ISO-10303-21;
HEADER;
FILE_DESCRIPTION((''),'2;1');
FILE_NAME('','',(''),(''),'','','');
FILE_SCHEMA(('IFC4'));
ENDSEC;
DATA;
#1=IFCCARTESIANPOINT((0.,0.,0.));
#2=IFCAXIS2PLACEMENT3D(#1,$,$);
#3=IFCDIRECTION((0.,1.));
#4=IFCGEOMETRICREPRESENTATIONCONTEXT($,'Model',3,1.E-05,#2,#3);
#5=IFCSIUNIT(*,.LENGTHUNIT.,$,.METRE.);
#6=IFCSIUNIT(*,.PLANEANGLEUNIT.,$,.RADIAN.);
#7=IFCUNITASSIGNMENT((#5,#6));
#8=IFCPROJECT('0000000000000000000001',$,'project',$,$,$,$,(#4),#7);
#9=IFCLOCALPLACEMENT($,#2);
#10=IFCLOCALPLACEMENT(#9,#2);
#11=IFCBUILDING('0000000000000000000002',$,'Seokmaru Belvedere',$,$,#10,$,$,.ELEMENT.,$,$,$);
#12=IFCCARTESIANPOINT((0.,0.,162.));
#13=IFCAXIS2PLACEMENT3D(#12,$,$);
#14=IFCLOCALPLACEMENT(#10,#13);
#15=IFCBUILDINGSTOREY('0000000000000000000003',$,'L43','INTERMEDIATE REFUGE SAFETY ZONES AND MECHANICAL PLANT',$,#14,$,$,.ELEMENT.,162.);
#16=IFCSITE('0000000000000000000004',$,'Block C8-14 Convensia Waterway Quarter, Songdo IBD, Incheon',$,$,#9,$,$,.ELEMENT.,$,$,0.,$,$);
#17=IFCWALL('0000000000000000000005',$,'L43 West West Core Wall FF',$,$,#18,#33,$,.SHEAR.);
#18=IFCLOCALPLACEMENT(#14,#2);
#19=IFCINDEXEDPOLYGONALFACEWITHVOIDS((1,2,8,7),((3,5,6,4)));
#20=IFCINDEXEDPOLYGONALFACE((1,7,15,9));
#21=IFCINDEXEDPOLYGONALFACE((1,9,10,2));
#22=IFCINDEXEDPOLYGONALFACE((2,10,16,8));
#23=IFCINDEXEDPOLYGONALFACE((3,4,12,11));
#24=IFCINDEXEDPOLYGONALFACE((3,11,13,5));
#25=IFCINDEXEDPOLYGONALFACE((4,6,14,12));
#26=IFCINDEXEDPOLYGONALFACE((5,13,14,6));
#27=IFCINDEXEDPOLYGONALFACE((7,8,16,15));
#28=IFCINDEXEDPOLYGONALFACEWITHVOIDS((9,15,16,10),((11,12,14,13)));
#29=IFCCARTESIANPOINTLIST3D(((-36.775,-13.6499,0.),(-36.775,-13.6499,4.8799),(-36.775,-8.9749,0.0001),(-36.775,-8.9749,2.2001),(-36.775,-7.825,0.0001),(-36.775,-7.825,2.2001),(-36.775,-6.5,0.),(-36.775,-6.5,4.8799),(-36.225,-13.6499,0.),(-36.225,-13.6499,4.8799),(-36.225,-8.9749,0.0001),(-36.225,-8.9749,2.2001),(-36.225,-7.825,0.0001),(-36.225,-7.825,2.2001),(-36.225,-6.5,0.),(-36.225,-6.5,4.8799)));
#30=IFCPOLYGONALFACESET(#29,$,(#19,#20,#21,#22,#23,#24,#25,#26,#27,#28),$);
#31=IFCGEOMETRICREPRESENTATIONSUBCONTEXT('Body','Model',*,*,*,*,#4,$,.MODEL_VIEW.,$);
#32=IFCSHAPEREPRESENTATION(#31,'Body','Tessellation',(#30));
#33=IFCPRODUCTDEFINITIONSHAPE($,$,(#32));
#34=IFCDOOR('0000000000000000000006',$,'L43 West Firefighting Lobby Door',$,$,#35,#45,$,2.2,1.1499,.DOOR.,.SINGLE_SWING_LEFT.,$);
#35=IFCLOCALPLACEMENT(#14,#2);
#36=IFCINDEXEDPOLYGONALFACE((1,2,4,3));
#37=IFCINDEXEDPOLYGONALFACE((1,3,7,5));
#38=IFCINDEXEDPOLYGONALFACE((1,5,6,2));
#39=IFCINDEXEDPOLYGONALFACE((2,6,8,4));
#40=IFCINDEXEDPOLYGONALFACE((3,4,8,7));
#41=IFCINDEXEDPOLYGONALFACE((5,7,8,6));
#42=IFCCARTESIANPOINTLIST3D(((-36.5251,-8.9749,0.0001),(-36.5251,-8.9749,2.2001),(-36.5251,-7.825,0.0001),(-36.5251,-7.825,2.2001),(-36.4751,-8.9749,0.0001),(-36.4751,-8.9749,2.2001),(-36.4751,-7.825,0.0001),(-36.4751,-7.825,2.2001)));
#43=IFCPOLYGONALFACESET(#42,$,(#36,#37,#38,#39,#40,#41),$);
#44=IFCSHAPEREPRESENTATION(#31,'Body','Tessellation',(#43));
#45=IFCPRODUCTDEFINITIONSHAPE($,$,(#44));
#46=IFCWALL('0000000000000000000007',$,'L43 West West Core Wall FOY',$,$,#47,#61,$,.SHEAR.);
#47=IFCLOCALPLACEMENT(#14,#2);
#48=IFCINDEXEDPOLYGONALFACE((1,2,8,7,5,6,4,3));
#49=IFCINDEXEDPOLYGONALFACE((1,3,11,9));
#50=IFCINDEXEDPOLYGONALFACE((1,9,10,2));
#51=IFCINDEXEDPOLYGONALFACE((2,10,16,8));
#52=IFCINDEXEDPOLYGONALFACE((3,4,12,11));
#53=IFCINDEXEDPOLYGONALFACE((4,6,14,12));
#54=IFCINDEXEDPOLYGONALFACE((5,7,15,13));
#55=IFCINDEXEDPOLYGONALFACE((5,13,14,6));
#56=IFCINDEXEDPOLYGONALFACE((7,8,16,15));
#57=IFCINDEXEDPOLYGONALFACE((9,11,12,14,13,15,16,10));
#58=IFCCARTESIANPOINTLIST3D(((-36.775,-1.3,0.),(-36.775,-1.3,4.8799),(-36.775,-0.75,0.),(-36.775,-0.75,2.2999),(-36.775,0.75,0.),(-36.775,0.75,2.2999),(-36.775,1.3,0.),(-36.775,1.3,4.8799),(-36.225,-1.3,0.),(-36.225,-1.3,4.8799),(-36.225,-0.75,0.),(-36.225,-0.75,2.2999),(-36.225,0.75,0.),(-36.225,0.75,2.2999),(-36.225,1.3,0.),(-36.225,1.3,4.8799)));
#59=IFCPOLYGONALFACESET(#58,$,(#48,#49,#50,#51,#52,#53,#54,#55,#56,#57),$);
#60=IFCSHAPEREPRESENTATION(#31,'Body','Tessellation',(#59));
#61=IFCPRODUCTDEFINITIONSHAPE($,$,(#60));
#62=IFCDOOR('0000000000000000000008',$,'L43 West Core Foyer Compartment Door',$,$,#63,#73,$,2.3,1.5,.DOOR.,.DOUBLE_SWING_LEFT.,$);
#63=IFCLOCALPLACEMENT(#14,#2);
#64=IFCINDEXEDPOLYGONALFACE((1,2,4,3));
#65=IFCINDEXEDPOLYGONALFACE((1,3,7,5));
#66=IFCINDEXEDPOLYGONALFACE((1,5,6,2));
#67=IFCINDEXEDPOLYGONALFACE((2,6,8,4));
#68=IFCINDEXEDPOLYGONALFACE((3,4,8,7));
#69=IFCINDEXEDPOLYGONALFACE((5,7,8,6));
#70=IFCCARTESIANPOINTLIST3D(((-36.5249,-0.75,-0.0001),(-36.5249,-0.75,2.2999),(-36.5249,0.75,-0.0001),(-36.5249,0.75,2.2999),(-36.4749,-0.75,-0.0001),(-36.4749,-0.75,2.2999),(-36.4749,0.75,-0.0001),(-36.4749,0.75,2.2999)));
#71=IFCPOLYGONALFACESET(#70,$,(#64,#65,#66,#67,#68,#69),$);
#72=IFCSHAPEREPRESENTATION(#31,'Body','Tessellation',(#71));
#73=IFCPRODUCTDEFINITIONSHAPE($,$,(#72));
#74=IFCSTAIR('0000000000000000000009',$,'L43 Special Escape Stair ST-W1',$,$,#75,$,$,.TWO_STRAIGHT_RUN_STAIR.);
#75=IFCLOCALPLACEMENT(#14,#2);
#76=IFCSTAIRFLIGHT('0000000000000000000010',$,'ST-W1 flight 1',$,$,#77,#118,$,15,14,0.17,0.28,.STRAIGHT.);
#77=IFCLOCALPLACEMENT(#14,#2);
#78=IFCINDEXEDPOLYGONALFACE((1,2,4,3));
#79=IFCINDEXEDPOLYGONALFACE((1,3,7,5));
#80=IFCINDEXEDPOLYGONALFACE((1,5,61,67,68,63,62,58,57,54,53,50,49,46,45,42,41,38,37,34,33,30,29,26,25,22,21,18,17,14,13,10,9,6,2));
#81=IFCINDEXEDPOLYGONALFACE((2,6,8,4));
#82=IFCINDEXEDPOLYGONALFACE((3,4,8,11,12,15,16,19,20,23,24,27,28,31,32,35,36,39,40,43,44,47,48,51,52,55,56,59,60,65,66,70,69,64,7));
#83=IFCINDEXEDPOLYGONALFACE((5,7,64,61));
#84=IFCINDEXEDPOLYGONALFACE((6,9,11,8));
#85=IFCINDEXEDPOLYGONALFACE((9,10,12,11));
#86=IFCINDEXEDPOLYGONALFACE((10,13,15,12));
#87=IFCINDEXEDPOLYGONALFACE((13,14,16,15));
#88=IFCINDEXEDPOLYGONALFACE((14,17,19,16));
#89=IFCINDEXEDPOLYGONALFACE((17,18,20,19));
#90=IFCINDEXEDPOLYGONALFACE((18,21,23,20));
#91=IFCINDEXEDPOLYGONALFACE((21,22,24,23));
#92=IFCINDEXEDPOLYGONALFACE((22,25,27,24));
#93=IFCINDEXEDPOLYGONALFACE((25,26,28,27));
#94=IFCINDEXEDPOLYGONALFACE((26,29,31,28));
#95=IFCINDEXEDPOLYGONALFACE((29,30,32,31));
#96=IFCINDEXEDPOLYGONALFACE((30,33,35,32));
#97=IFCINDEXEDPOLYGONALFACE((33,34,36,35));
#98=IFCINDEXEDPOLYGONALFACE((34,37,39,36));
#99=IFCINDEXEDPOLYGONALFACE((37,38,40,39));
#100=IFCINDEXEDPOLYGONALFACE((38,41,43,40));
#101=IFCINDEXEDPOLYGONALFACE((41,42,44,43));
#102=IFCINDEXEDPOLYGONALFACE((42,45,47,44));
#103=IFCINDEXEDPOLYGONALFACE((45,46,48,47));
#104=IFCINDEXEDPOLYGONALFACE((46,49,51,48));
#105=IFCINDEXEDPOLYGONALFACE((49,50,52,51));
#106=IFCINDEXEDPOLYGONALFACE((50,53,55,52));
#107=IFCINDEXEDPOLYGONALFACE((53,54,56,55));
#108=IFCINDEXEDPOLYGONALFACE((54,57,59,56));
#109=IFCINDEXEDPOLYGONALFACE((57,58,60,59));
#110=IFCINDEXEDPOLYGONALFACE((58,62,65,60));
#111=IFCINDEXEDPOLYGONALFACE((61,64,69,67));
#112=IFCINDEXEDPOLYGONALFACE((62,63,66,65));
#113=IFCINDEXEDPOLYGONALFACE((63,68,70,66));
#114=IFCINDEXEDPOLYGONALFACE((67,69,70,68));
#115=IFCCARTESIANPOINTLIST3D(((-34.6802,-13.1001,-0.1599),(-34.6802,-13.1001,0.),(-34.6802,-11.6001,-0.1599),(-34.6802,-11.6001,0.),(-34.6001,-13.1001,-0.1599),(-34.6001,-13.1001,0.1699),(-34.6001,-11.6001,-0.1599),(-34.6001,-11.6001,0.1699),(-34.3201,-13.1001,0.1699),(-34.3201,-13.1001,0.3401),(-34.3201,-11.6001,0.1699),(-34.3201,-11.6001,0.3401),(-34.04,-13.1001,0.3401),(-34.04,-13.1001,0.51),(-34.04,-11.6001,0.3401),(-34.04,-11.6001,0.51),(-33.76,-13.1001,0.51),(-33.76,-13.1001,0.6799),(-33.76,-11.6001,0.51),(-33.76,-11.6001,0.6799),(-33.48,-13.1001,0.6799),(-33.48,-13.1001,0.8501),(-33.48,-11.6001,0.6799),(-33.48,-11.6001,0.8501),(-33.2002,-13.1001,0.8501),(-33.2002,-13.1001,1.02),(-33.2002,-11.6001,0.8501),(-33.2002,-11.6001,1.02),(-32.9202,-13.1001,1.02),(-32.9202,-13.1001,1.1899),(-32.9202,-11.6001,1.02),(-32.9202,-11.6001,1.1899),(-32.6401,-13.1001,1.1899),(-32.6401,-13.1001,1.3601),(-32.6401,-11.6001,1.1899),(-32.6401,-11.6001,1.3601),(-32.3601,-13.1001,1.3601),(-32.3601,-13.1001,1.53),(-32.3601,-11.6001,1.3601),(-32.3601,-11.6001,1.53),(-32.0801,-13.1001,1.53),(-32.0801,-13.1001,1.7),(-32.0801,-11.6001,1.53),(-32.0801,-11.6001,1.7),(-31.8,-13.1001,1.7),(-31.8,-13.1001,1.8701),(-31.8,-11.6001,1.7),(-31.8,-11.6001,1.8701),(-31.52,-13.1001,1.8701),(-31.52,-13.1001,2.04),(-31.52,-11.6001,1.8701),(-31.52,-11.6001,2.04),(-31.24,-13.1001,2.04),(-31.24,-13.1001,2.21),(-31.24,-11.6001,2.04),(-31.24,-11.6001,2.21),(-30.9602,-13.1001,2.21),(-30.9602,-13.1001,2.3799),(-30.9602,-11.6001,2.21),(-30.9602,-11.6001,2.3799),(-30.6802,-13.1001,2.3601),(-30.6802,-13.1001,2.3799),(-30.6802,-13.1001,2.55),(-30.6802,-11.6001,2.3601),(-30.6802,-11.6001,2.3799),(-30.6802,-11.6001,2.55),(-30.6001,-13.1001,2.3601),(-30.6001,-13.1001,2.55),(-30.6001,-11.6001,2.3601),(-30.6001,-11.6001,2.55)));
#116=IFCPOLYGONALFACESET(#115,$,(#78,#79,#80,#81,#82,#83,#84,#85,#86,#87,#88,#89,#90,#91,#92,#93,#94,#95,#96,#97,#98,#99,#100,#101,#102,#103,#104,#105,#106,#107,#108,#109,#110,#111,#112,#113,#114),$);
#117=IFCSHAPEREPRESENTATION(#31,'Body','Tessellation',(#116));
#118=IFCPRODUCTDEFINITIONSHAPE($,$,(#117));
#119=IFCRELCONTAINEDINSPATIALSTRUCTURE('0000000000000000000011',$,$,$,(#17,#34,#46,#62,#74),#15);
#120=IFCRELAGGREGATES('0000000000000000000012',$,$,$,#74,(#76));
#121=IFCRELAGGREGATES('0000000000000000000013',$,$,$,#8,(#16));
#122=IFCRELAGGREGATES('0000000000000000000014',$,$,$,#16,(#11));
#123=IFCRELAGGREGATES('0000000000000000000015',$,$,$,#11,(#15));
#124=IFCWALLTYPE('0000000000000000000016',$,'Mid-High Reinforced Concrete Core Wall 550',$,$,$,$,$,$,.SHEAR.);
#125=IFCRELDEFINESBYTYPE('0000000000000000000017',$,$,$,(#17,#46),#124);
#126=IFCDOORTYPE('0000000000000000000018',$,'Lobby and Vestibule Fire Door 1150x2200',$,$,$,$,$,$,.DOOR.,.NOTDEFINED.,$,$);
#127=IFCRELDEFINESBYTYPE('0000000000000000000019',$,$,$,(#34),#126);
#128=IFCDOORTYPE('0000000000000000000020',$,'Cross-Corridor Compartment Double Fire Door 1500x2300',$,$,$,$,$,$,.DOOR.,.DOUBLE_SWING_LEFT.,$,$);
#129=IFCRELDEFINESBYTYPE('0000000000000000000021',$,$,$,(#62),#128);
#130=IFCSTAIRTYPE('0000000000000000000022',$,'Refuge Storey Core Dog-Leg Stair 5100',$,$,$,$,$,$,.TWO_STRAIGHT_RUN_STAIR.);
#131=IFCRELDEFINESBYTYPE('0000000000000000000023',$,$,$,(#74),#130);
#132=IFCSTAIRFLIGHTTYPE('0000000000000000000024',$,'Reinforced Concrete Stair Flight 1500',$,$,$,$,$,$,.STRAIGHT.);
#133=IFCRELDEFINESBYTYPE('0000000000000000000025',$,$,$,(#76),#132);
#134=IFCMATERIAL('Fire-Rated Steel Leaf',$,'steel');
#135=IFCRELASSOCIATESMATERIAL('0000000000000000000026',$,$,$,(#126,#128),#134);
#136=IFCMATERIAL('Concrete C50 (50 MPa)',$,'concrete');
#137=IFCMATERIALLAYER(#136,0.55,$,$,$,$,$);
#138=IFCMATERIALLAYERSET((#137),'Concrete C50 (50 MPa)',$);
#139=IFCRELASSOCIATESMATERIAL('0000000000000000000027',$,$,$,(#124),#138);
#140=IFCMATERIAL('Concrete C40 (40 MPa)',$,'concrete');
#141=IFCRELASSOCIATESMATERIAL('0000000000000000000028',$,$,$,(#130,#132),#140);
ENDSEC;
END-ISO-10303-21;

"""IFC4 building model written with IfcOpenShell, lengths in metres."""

from ifc_helpers import new_model, si_unit, direction, frame, frame_2d, origin, place, context, subcontext, project, spatial, polyline, rectangle, outline, extrude, source, transform, mapped, material, layer, layer_set, type_object, type_shapes, element, fill, aggregate, save


model = new_model("IFC4")

# Units and contexts
model_context = context("Model", 3, precision=1e-05, world=origin(), true_north=direction((0.0, 1.0)))
body_context = subcontext(model_context, "Body", "Model", "MODEL_VIEW")
ifc_project = project(units=[si_unit("LENGTHUNIT", "METRE"), si_unit("PLANEANGLEUNIT", "RADIAN")], contexts=[model_context])

# Site, building, storey
site_placement = place(None, origin())
site = spatial("IfcSite", under=ifc_project, at=site_placement, Name="Block C8-14 Convensia Waterway Quarter, Songdo IBD, Incheon", CompositionType="ELEMENT", RefElevation=0.0)
building_placement = place(site_placement, origin())
building = spatial("IfcBuilding", under=site, at=building_placement, Name="Seokmaru Belvedere", CompositionType="ELEMENT")
storey_placement = place(building_placement, frame((0.0, 0.0, 162.0)))
storey = spatial("IfcBuildingStorey", under=building, at=storey_placement, Name="L43", Description="INTERMEDIATE REFUGE SAFETY ZONES AND MECHANICAL PLANT", CompositionType="ELEMENT", Elevation=162.0)

# Shared definitions
ifc_material_1 = material(Name="Fire-Rated Steel Leaf", Category="steel")
door_type_1 = type_object("IfcDoorType", Name="Lobby and Vestibule Fire Door 1150x2200", OperationType="NOTDEFINED", PredefinedType="DOOR", material=ifc_material_1)
shared_shape_1 = source(origin(), body_context, "Body", "SweptSolid", [
    extrude(rectangle(XDim=1.1499, YDim=2.2, at=frame_2d((0.575, 1.1001))), frame((0.0, 0.0249, 0.0), z_axis=(0.0, -1.0, 0.0), x_axis=(1.0, 0.0, 0.0)), (0.0, 0.0, 1.0), 0.05),
])
type_shapes(door_type_1, [shared_shape_1])

# Shared definitions
ifc_material_2 = material(Name="Concrete C50 (50 MPa)", Category="concrete")

# Shared definitions
ifc_layer_1 = layer(ifc_material_2, 0.55)
ifc_layer_set_1 = layer_set([ifc_layer_1], Name="Concrete C50 (50 MPa)")
wall_type_1 = type_object("IfcWallType", Name="Mid-High Reinforced Concrete Core Wall 550", PredefinedType="SHEAR", material=ifc_layer_set_1)

# Walls, openings, doors
wall_1_placement = place(storey_placement, frame((-36.5, -13.6499, 0.0), z_axis=(0.0, 0.0, 1.0), x_axis=(0.0, 1.0, 0.0)))
wall_1 = element("IfcWall", 1, at=wall_1_placement, inside=storey, type_object=wall_type_1, Name="L43 West West Core Wall FF", PredefinedType="SHEAR", context=body_context, shape_type="SweptSolid", body=[
    extrude(rectangle(XDim=7.1499, YDim=0.55, at=frame_2d((3.575, 0.0))), origin(), (0.0, 0.0, 1.0), 4.8799),
])
opening_1_placement = place(wall_1_placement, frame((4.675, 0.0, 0.0)))
opening_1 = element("IfcOpeningElement", 2, at=opening_1_placement, cuts=wall_1, PredefinedType="OPENING", context=body_context, shape_type="SweptSolid", body=[
    extrude(rectangle(XDim=1.1499, YDim=2.2, at=frame_2d((0.575, 1.1001))), frame((0.0, 0.2852, 0.0), z_axis=(0.0, -1.0, 0.0), x_axis=(1.0, 0.0, 0.0)), (0.0, 0.0, 1.0), 0.5701),
])
door_1_placement = place(opening_1_placement, frame((1.1499, 0.0, 0.0), z_axis=(0.0, 0.0, 1.0), x_axis=(-1.0, 0.0, 0.0)))
door_1 = element("IfcDoor", 3, at=door_1_placement, inside=storey, type_object=door_type_1, Name="L43 West Firefighting Lobby Door", OperationType="SINGLE_SWING_LEFT", OverallHeight=2.2, OverallWidth=1.1499, PredefinedType="DOOR", context=body_context, shape_type="MappedRepresentation", body=[
    mapped(shared_shape_1, transform((0.0, 0.0, 0.0), scale=1.0)),
])
fill(opening_1, door_1)
wall_2_placement = place(storey_placement, frame((-36.5, -1.3, 0.0), z_axis=(0.0, 0.0, 1.0), x_axis=(0.0, 1.0, 0.0)))
wall_2 = element("IfcWall", 4, at=wall_2_placement, inside=storey, type_object=wall_type_1, Name="L43 West West Core Wall FOY", PredefinedType="SHEAR", context=body_context, shape_type="SweptSolid", body=[
    extrude(rectangle(XDim=2.6001, YDim=0.55, at=frame_2d((1.3, 0.0))), origin(), (0.0, 0.0, 1.0), 4.8799),
])
opening_2_placement = place(wall_2_placement, frame((0.55, 0.0, 0.0)))
opening_2 = element("IfcOpeningElement", 5, at=opening_2_placement, cuts=wall_2, PredefinedType="OPENING", context=body_context, shape_type="SweptSolid", body=[
    extrude(rectangle(XDim=1.5, YDim=2.3, at=frame_2d((0.75, 1.1499))), frame((0.0, 0.2852, 0.0), z_axis=(0.0, -1.0, 0.0), x_axis=(1.0, 0.0, 0.0)), (0.0, 0.0, 1.0), 0.5701),
])
door_type_2 = type_object("IfcDoorType", Name="Cross-Corridor Compartment Double Fire Door 1500x2300", OperationType="DOUBLE_SWING_LEFT", PredefinedType="DOOR", material=ifc_material_1)
shared_shape_2 = source(origin(), body_context, "Body", "SweptSolid", [
    extrude(rectangle(XDim=1.5, YDim=2.3, at=frame_2d((0.75, 1.1499))), frame((0.0, 0.0249, 0.0), z_axis=(0.0, -1.0, 0.0), x_axis=(1.0, 0.0, 0.0)), (0.0, 0.0, 1.0), 0.05),
])
type_shapes(door_type_2, [shared_shape_2])
door_2_placement = place(opening_2_placement, origin())
door_2 = element("IfcDoor", 6, at=door_2_placement, inside=storey, type_object=door_type_2, Name="L43 West Core Foyer Compartment Door", OperationType="DOUBLE_SWING_LEFT", OverallHeight=2.3, OverallWidth=1.5, PredefinedType="DOOR", context=body_context, shape_type="MappedRepresentation", body=[
    mapped(shared_shape_2, transform((0.0, 0.0, 0.0), scale=1.0)),
])
fill(opening_2, door_2)

# Stair, stair flight
ifc_material_3 = material(Name="Concrete C40 (40 MPa)", Category="concrete")
stair_type = type_object("IfcStairType", Name="Refuge Storey Core Dog-Leg Stair 5100", PredefinedType="TWO_STRAIGHT_RUN_STAIR", material=ifc_material_3)
stair_placement = place(storey_placement, origin())
stair = element("IfcStair", 7, at=stair_placement, inside=storey, type_object=stair_type, Name="L43 Special Escape Stair ST-W1", PredefinedType="TWO_STRAIGHT_RUN_STAIR")
stair_flight_type = type_object("IfcStairFlightType", Name="Reinforced Concrete Stair Flight 1500", PredefinedType="STRAIGHT", material=ifc_material_3)
stair_flight_placement = place(storey_placement, frame((-34.6001, -12.3501, 0.0), z_axis=(0.0, 0.0, 1.0), x_axis=(1.0, 0.0, 0.0)))
stair_flight = element("IfcStairFlight", 8, at=stair_flight_placement, type_object=stair_flight_type, Name="ST-W1 flight 1", NumberOfRisers=15, NumberOfTreads=14, PredefinedType="STRAIGHT", RiserHeight=0.17, TreadLength=0.28, context=body_context, shape_type="SweptSolid", body=[
    extrude(outline(polyline([(-0.0801, 0.0), (0.0, 0.1699), (0.28, 0.1699), (0.28, 0.3401), (0.5601, 0.3401), (0.5601, 0.51), (0.8401, 0.51), (0.8401, 0.6799), (1.1201, 0.6799), (1.1201, 0.8501), (1.3999, 0.8501), (1.3999, 1.02), (1.6799, 1.02), (1.6799, 1.1899), (1.96, 1.1899), (1.96, 1.3601), (2.24, 1.3601), (2.24, 1.53), (2.52, 1.53), (2.52, 1.7), (2.8, 1.7), (2.8, 1.8701), (3.0801, 1.8701), (3.0801, 2.04), (3.3601, 2.04), (3.3601, 2.21), (3.6399, 2.21), (3.6399, 2.3799), (3.9199, 2.3799), (3.9199, 2.55), (4.0, 2.55), (4.0, 2.3601), (3.9199, 2.3601), (0.0, -0.1599), (-0.0801, -0.1599), (-0.0801, 0.0)])), frame((0.0, 0.75, 0.0), z_axis=(0.0, -1.0, 0.0), x_axis=(1.0, 0.0, 0.0)), (0.0, 0.0, 1.0), 1.5),
])
aggregate(stair, [stair_flight])

save(model, "model.ifc")
